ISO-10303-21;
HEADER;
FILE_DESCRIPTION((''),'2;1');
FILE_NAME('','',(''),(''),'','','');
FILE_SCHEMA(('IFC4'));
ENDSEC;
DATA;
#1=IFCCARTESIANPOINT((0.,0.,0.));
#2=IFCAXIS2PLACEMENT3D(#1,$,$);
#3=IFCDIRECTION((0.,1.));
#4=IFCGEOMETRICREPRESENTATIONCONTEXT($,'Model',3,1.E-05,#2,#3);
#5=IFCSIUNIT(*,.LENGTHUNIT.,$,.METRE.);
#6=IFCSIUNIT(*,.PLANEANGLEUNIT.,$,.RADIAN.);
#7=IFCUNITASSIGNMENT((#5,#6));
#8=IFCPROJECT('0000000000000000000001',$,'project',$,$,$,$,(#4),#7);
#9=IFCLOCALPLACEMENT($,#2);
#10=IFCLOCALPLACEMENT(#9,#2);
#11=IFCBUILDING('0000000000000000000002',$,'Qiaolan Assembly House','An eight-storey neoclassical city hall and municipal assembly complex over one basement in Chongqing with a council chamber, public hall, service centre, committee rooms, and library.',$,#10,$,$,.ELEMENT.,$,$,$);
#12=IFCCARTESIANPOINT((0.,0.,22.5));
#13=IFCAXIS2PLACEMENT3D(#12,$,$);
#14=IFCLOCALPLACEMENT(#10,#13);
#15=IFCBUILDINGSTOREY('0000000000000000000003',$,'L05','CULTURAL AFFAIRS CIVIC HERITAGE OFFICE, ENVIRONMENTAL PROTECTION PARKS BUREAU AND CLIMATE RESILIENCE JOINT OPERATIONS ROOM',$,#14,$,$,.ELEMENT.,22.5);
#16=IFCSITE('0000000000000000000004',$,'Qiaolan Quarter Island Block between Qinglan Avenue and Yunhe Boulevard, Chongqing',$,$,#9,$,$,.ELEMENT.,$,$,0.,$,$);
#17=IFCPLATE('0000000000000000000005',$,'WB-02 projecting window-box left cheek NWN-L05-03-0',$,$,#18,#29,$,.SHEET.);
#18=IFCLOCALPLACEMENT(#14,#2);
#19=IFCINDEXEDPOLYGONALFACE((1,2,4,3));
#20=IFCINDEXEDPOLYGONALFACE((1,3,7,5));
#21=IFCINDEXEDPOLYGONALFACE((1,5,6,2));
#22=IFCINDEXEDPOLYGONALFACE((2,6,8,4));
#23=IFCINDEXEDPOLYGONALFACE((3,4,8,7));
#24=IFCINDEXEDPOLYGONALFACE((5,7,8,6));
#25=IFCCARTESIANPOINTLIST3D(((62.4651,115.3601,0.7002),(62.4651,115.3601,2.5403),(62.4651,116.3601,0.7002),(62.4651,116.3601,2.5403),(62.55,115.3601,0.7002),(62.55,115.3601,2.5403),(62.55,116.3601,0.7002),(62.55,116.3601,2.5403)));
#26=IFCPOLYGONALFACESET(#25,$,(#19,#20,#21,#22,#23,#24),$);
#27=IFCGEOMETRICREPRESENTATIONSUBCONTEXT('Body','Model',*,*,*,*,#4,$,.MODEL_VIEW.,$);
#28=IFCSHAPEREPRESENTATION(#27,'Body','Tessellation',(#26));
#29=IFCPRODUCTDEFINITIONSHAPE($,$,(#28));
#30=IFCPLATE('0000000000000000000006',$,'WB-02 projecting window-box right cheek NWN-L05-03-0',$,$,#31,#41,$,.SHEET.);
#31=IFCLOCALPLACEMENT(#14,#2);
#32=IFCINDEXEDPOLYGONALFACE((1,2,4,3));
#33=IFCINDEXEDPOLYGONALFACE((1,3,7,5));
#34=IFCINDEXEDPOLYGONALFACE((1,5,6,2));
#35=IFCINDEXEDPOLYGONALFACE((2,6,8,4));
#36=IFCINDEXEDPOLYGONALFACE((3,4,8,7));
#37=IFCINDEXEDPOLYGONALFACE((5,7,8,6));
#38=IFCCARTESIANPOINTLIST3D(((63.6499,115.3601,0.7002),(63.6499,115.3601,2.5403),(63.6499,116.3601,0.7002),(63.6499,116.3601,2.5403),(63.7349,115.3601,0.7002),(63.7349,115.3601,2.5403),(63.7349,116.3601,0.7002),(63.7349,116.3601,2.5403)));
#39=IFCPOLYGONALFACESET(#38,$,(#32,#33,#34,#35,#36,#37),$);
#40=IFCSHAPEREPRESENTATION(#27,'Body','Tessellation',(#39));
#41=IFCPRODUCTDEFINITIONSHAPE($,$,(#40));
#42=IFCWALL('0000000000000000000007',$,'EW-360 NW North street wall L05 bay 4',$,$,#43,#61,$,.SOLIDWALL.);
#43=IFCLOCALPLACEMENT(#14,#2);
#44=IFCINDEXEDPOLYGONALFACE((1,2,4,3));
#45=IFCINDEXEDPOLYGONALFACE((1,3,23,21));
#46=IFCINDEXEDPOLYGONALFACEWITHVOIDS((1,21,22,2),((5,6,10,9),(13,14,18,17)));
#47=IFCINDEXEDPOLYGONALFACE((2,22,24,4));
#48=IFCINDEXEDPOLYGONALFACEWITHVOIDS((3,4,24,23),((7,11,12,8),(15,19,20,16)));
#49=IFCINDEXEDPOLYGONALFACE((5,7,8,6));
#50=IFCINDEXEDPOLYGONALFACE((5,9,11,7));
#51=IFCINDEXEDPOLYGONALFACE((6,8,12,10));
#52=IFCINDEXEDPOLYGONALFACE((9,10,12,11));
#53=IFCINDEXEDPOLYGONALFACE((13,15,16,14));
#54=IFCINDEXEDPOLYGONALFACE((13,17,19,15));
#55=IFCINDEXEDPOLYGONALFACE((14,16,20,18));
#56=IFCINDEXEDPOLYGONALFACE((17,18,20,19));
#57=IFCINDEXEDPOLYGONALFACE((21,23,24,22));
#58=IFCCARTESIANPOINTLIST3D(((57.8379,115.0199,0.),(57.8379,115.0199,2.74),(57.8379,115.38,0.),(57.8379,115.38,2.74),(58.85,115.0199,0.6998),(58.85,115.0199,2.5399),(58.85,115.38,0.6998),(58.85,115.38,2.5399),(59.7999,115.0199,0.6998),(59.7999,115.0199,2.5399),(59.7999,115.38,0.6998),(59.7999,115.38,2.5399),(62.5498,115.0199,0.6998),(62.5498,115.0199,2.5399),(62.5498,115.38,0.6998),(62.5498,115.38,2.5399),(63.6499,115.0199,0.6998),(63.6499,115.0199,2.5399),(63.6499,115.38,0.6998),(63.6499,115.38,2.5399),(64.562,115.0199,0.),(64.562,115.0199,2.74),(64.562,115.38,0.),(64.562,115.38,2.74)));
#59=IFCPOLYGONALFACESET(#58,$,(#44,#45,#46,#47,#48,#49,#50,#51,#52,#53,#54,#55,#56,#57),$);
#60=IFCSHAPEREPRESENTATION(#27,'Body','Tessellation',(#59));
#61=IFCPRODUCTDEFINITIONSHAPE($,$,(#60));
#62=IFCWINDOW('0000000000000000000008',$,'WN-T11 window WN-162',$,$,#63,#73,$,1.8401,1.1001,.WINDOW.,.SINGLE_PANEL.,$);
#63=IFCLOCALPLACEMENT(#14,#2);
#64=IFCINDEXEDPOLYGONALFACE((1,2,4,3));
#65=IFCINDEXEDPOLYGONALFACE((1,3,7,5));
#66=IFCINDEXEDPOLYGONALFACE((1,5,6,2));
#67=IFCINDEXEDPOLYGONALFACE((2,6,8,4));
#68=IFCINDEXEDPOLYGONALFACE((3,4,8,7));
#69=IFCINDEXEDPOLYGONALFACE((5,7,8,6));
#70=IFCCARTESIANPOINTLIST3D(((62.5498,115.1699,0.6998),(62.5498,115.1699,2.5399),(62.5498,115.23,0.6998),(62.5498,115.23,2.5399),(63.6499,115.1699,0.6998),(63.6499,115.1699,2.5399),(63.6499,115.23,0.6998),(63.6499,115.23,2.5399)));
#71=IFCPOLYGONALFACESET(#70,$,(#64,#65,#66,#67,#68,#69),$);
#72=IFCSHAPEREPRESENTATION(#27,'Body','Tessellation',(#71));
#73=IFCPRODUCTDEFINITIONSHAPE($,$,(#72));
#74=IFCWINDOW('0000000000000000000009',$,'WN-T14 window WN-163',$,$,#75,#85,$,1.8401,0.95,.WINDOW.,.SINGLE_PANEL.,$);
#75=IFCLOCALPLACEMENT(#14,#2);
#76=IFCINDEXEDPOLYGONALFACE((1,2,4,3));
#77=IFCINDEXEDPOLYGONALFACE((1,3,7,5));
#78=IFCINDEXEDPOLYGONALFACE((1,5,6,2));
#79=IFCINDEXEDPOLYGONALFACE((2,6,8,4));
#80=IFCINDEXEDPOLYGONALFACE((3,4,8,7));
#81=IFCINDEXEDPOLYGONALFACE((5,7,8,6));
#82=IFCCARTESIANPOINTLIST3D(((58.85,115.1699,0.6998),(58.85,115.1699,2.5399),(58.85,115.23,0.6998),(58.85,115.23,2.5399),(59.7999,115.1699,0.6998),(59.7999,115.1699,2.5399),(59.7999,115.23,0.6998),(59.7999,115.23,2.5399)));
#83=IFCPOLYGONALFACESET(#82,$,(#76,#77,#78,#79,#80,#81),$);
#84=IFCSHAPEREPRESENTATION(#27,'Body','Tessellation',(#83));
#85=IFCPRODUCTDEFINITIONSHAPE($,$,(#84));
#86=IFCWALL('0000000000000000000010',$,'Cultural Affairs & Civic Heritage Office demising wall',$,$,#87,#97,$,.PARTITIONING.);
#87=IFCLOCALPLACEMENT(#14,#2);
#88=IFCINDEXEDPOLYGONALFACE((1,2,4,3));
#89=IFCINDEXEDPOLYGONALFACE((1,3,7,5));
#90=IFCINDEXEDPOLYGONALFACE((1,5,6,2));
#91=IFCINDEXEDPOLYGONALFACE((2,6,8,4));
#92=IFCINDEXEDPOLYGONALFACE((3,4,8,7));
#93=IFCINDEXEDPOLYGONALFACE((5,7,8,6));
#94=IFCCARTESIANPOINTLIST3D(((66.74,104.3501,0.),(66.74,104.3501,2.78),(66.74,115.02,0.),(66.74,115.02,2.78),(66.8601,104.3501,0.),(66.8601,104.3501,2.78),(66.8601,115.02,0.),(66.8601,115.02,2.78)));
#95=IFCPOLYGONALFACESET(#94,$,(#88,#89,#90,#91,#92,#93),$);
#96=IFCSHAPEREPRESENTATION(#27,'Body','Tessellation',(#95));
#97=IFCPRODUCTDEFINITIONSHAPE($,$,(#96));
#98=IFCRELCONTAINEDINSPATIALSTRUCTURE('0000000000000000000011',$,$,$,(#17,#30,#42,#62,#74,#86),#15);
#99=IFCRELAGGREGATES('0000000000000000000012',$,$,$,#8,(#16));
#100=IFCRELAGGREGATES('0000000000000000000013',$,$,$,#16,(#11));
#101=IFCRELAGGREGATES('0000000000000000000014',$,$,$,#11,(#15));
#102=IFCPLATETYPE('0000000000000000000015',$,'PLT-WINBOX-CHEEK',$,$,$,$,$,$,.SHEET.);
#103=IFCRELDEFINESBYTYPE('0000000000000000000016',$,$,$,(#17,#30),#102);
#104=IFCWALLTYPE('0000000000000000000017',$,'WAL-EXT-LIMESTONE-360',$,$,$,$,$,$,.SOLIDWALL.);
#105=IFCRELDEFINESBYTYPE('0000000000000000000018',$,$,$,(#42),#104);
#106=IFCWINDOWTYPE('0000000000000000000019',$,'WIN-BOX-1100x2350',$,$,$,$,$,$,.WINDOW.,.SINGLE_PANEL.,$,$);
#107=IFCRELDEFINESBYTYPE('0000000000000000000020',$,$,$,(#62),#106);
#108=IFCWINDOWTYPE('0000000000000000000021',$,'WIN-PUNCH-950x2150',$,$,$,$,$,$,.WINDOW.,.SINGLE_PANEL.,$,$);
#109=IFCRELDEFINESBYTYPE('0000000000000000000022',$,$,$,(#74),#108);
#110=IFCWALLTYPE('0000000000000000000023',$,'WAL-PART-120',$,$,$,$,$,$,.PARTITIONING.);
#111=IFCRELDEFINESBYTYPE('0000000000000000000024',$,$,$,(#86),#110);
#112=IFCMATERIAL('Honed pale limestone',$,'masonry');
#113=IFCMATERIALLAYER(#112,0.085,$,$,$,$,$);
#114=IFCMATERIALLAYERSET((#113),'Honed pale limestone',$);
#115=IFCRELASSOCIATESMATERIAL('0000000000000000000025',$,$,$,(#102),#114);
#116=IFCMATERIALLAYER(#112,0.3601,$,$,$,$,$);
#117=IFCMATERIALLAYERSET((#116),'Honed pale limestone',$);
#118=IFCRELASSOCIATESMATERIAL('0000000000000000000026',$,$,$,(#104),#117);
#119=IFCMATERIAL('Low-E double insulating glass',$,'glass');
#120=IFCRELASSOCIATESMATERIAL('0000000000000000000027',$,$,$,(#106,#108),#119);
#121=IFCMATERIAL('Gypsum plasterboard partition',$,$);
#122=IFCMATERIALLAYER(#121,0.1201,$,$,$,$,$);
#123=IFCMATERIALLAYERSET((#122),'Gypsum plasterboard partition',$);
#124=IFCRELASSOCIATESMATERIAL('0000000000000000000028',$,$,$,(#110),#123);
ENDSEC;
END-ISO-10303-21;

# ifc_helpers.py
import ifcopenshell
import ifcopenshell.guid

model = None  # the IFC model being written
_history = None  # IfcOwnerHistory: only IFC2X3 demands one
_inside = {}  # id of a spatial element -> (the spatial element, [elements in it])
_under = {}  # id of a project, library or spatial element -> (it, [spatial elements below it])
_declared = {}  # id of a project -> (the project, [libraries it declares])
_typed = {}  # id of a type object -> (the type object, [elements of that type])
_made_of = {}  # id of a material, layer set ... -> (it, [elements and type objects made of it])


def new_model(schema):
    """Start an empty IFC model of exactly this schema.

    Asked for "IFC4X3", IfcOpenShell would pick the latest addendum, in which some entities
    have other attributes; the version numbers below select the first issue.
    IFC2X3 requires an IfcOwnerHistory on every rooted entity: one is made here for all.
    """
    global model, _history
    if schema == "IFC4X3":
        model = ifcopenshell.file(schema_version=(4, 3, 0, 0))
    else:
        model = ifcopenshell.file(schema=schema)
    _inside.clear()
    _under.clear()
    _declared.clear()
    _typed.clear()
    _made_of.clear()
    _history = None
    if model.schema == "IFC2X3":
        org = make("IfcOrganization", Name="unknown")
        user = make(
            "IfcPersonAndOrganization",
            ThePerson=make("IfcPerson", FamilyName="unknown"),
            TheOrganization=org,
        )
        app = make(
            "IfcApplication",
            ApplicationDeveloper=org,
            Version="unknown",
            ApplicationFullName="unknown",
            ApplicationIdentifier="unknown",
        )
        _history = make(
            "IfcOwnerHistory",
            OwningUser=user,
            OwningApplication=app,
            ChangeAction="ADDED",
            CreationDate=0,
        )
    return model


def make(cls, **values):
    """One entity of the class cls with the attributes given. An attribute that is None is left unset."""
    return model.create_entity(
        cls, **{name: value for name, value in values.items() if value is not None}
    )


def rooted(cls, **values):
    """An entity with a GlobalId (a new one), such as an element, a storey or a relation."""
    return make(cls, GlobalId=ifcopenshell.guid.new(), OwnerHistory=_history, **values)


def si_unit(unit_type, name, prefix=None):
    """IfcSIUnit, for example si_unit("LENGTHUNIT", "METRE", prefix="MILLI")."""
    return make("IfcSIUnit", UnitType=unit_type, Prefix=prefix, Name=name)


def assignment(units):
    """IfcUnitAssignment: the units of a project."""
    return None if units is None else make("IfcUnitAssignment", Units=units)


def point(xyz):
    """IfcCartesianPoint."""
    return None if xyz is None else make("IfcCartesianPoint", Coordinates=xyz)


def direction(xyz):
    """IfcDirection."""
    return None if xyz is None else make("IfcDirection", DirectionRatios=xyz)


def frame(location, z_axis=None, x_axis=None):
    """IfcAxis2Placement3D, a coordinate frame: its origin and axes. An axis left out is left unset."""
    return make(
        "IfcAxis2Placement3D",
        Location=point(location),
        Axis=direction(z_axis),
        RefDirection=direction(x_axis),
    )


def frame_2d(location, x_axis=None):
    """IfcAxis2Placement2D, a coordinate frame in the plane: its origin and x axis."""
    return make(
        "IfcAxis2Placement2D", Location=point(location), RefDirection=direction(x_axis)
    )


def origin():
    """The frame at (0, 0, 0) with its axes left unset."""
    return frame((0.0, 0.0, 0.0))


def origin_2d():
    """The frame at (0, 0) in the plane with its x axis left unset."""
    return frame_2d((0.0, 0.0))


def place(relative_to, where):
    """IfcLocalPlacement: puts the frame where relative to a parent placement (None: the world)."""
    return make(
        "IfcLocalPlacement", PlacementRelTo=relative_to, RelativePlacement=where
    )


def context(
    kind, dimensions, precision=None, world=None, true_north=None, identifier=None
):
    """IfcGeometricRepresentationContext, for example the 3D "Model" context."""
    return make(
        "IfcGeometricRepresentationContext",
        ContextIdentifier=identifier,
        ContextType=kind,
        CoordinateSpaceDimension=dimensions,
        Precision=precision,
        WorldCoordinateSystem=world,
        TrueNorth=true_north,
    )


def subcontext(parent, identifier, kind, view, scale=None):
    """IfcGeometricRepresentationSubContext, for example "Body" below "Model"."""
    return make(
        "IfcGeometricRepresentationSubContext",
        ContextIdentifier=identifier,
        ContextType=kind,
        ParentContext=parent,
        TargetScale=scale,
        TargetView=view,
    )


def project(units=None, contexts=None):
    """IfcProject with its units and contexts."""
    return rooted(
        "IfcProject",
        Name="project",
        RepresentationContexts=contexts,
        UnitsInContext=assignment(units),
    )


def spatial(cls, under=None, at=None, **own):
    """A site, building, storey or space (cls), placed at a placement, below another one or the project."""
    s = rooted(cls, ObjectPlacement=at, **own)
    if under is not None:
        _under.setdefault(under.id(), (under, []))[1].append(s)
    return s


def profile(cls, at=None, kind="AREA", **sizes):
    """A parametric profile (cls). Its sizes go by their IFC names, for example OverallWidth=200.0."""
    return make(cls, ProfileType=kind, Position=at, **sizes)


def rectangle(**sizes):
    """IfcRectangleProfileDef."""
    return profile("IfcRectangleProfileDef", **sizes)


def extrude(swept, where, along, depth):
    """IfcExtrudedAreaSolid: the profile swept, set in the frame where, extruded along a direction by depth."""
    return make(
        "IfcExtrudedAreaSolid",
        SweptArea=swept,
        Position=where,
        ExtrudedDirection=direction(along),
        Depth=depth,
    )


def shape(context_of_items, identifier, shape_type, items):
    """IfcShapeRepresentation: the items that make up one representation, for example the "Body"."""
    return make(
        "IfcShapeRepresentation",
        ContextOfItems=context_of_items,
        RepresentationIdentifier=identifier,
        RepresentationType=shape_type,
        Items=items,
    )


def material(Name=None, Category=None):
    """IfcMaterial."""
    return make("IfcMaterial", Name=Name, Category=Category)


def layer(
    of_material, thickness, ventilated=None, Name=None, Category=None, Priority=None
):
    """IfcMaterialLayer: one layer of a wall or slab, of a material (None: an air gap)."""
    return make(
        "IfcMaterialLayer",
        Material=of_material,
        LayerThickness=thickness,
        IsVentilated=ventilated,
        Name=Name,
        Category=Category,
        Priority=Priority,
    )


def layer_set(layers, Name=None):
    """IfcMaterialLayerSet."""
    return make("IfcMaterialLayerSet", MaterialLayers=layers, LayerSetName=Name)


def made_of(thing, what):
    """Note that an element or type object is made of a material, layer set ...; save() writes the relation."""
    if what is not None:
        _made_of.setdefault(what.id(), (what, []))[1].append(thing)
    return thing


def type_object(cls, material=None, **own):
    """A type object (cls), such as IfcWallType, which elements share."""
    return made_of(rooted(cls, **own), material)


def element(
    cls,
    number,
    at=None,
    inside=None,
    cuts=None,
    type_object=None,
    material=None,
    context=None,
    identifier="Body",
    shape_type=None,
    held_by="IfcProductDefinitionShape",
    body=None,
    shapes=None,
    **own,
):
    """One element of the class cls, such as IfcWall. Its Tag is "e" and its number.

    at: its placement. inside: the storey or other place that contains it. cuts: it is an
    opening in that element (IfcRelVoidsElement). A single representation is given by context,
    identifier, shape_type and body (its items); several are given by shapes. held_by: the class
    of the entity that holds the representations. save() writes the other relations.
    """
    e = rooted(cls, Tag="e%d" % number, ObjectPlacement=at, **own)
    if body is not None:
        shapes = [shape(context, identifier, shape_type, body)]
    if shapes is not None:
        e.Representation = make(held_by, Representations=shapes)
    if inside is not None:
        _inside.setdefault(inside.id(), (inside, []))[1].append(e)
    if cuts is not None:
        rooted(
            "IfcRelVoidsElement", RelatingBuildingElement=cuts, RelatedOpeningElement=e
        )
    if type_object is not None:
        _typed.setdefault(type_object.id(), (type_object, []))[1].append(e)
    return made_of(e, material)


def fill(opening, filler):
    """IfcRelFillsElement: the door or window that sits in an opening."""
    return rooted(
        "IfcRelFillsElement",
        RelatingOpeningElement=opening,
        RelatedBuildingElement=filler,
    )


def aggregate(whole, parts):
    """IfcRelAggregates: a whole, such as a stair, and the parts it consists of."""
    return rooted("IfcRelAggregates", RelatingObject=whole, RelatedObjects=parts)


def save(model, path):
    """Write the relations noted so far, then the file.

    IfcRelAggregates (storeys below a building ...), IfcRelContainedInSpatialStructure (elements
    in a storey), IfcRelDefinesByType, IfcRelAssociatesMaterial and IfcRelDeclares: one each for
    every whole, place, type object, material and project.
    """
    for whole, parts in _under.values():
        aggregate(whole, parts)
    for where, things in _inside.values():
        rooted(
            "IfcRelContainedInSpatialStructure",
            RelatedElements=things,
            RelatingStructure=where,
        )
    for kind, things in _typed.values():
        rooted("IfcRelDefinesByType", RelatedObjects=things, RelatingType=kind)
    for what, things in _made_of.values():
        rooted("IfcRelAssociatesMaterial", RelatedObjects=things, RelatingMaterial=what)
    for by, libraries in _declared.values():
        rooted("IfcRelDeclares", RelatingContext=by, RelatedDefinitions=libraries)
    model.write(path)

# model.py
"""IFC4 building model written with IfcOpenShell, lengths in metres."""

from ifc_helpers import new_model, si_unit, direction, frame, frame_2d, origin, origin_2d, place, context, subcontext, project, spatial, rectangle, extrude, material, layer, layer_set, type_object, element, fill, save


model = new_model("IFC4")

# Units and contexts
model_context = context("Model", 3, precision=1e-05, world=origin(), true_north=direction((0.0, 1.0)))
body_context = subcontext(model_context, "Body", "Model", "MODEL_VIEW")
ifc_project = project(units=[si_unit("LENGTHUNIT", "METRE"), si_unit("PLANEANGLEUNIT", "RADIAN")], contexts=[model_context])

# Site, building, storey
site_placement = place(None, origin())
site = spatial("IfcSite", under=ifc_project, at=site_placement, Name="Qiaolan Quarter Island Block between Qinglan Avenue and Yunhe Boulevard, Chongqing", CompositionType="ELEMENT", RefElevation=0.0)
building_placement = place(site_placement, origin())
building = spatial("IfcBuilding", under=site, at=building_placement, Name="Qiaolan Assembly House", Description="An eight-storey neoclassical city hall and municipal assembly complex over one basement in Chongqing with a council chamber, public hall, service centre, committee rooms, and library.", CompositionType="ELEMENT")
storey_placement = place(building_placement, frame((0.0, 0.0, 22.5)))
storey = spatial("IfcBuildingStorey", under=building, at=storey_placement, Name="L05", Description="CULTURAL AFFAIRS CIVIC HERITAGE OFFICE, ENVIRONMENTAL PROTECTION PARKS BUREAU AND CLIMATE RESILIENCE JOINT OPERATIONS ROOM", CompositionType="ELEMENT", Elevation=22.5)

# Plates
ifc_material_1 = material(Name="Honed pale limestone", Category="masonry")
ifc_layer_1 = layer(ifc_material_1, 0.085)
ifc_layer_set_1 = layer_set([ifc_layer_1], Name="Honed pale limestone")
plate_type = type_object("IfcPlateType", Name="PLT-WINBOX-CHEEK", PredefinedType="SHEET", material=ifc_layer_set_1)
for number, where, z_axis, x_axis, name in (
    (1, (62.5076, 115.8601, 0.7002), (0.0, 0.0, 1.0), (1.0, 0.0, 0.0), "WB-02 projecting window-box left cheek NWN-L05-03-0"),
    (2, (63.6924, 115.8601, 0.7002), (0.0, 0.0, 1.0), (1.0, 0.0, 0.0), "WB-02 projecting window-box right cheek NWN-L05-03-0"),
):
    element("IfcPlate", number, at=place(storey_placement, frame(where, z_axis=z_axis, x_axis=x_axis)), inside=storey, type_object=plate_type, Name=name, PredefinedType="SHEET", context=body_context, shape_type="SweptSolid", body=[
        extrude(rectangle(XDim=0.085, YDim=1.0, at=origin_2d()), origin(), (0.0, 0.0, 1.0), 1.8401),
    ])

# Wall, openings, windows
ifc_layer_2 = layer(ifc_material_1, 0.3601)
ifc_layer_set_2 = layer_set([ifc_layer_2], Name="Honed pale limestone")
wall_type_1 = type_object("IfcWallType", Name="WAL-EXT-LIMESTONE-360", PredefinedType="SOLIDWALL", material=ifc_layer_set_2)
wall_1_placement = place(storey_placement, frame((64.562, 115.2, 0.0), z_axis=(0.0, 0.0, 1.0), x_axis=(-1.0, 0.0, 0.0)))
wall_1 = element("IfcWall", 3, at=wall_1_placement, inside=storey, type_object=wall_type_1, Name="EW-360 NW North street wall L05 bay 4", PredefinedType="SOLIDWALL", context=body_context, shape_type="SweptSolid", body=[
    extrude(rectangle(XDim=6.7241, YDim=0.3601, at=frame_2d((3.3621, 0.0))), origin(), (0.0, 0.0, 1.0), 2.74),
])
opening_1_placement = place(wall_1_placement, frame((0.9121, 0.0, 0.7)))
opening_1 = element("IfcOpeningElement", 4, at=opening_1_placement, cuts=wall_1, PredefinedType="OPENING", context=body_context, shape_type="SweptSolid", body=[
    extrude(rectangle(XDim=1.1001, YDim=1.8401, at=frame_2d((0.55, 0.9199))), frame((0.0, 0.1899, 0.0), z_axis=(0.0, -1.0, 0.0), x_axis=(1.0, 0.0, 0.0)), (0.0, 0.0, 1.0), 0.3801),
])
opening_2_placement = place(wall_1_placement, frame((4.762, 0.0, 0.7)))
opening_2 = element("IfcOpeningElement", 5, at=opening_2_placement, cuts=wall_1, PredefinedType="OPENING", context=body_context, shape_type="SweptSolid", body=[
    extrude(rectangle(XDim=0.95, YDim=1.8401, at=frame_2d((0.4751, 0.9199))), frame((0.0, 0.1899, 0.0), z_axis=(0.0, -1.0, 0.0), x_axis=(1.0, 0.0, 0.0)), (0.0, 0.0, 1.0), 0.3801),
])
ifc_material_2 = material(Name="Low-E double insulating glass", Category="glass")
window_type_1 = type_object("IfcWindowType", Name="WIN-BOX-1100x2350", PartitioningType="SINGLE_PANEL", PredefinedType="WINDOW", material=ifc_material_2)
window_1_placement = place(opening_1_placement, origin())
window_1 = element("IfcWindow", 6, at=window_1_placement, inside=storey, type_object=window_type_1, Name="WN-T11 window WN-162", OverallHeight=1.8401, OverallWidth=1.1001, PartitioningType="SINGLE_PANEL", PredefinedType="WINDOW", context=body_context, shape_type="SweptSolid", body=[
    extrude(rectangle(XDim=1.1001, YDim=1.8401, at=frame_2d((0.55, 0.9199))), frame((0.0, 0.03, 0.0), z_axis=(0.0, -1.0, 0.0), x_axis=(1.0, 0.0, 0.0)), (0.0, 0.0, 1.0), 0.0601),
])
fill(opening_1, window_1)
window_type_2 = type_object("IfcWindowType", Name="WIN-PUNCH-950x2150", PartitioningType="SINGLE_PANEL", PredefinedType="WINDOW", material=ifc_material_2)
window_2_placement = place(opening_2_placement, origin())
window_2 = element("IfcWindow", 7, at=window_2_placement, inside=storey, type_object=window_type_2, Name="WN-T14 window WN-163", OverallHeight=1.8401, OverallWidth=0.95, PartitioningType="SINGLE_PANEL", PredefinedType="WINDOW", context=body_context, shape_type="SweptSolid", body=[
    extrude(rectangle(XDim=0.95, YDim=1.8401, at=frame_2d((0.4751, 0.9199))), frame((0.0, 0.03, 0.0), z_axis=(0.0, -1.0, 0.0), x_axis=(1.0, 0.0, 0.0)), (0.0, 0.0, 1.0), 0.0601),
])
fill(opening_2, window_2)

# Wall
ifc_material_3 = material(Name="Gypsum plasterboard partition")
ifc_layer_3 = layer(ifc_material_3, 0.1201)
ifc_layer_set_3 = layer_set([ifc_layer_3], Name="Gypsum plasterboard partition")
wall_type_2 = type_object("IfcWallType", Name="WAL-PART-120", PredefinedType="PARTITIONING", material=ifc_layer_set_3)
wall_2_placement = place(storey_placement, frame((66.8, 104.3501, 0.0), z_axis=(0.0, 0.0, 1.0), x_axis=(0.0, 1.0, 0.0)))
element("IfcWall", 8, at=wall_2_placement, inside=storey, type_object=wall_type_2, Name="Cultural Affairs & Civic Heritage Office demising wall", PredefinedType="PARTITIONING", context=body_context, shape_type="SweptSolid", body=[
    extrude(rectangle(XDim=10.6699, YDim=0.1201, at=frame_2d((5.335, 0.0))), origin(), (0.0, 0.0, 1.0), 2.78),
])

save(model, "model.ifc")
